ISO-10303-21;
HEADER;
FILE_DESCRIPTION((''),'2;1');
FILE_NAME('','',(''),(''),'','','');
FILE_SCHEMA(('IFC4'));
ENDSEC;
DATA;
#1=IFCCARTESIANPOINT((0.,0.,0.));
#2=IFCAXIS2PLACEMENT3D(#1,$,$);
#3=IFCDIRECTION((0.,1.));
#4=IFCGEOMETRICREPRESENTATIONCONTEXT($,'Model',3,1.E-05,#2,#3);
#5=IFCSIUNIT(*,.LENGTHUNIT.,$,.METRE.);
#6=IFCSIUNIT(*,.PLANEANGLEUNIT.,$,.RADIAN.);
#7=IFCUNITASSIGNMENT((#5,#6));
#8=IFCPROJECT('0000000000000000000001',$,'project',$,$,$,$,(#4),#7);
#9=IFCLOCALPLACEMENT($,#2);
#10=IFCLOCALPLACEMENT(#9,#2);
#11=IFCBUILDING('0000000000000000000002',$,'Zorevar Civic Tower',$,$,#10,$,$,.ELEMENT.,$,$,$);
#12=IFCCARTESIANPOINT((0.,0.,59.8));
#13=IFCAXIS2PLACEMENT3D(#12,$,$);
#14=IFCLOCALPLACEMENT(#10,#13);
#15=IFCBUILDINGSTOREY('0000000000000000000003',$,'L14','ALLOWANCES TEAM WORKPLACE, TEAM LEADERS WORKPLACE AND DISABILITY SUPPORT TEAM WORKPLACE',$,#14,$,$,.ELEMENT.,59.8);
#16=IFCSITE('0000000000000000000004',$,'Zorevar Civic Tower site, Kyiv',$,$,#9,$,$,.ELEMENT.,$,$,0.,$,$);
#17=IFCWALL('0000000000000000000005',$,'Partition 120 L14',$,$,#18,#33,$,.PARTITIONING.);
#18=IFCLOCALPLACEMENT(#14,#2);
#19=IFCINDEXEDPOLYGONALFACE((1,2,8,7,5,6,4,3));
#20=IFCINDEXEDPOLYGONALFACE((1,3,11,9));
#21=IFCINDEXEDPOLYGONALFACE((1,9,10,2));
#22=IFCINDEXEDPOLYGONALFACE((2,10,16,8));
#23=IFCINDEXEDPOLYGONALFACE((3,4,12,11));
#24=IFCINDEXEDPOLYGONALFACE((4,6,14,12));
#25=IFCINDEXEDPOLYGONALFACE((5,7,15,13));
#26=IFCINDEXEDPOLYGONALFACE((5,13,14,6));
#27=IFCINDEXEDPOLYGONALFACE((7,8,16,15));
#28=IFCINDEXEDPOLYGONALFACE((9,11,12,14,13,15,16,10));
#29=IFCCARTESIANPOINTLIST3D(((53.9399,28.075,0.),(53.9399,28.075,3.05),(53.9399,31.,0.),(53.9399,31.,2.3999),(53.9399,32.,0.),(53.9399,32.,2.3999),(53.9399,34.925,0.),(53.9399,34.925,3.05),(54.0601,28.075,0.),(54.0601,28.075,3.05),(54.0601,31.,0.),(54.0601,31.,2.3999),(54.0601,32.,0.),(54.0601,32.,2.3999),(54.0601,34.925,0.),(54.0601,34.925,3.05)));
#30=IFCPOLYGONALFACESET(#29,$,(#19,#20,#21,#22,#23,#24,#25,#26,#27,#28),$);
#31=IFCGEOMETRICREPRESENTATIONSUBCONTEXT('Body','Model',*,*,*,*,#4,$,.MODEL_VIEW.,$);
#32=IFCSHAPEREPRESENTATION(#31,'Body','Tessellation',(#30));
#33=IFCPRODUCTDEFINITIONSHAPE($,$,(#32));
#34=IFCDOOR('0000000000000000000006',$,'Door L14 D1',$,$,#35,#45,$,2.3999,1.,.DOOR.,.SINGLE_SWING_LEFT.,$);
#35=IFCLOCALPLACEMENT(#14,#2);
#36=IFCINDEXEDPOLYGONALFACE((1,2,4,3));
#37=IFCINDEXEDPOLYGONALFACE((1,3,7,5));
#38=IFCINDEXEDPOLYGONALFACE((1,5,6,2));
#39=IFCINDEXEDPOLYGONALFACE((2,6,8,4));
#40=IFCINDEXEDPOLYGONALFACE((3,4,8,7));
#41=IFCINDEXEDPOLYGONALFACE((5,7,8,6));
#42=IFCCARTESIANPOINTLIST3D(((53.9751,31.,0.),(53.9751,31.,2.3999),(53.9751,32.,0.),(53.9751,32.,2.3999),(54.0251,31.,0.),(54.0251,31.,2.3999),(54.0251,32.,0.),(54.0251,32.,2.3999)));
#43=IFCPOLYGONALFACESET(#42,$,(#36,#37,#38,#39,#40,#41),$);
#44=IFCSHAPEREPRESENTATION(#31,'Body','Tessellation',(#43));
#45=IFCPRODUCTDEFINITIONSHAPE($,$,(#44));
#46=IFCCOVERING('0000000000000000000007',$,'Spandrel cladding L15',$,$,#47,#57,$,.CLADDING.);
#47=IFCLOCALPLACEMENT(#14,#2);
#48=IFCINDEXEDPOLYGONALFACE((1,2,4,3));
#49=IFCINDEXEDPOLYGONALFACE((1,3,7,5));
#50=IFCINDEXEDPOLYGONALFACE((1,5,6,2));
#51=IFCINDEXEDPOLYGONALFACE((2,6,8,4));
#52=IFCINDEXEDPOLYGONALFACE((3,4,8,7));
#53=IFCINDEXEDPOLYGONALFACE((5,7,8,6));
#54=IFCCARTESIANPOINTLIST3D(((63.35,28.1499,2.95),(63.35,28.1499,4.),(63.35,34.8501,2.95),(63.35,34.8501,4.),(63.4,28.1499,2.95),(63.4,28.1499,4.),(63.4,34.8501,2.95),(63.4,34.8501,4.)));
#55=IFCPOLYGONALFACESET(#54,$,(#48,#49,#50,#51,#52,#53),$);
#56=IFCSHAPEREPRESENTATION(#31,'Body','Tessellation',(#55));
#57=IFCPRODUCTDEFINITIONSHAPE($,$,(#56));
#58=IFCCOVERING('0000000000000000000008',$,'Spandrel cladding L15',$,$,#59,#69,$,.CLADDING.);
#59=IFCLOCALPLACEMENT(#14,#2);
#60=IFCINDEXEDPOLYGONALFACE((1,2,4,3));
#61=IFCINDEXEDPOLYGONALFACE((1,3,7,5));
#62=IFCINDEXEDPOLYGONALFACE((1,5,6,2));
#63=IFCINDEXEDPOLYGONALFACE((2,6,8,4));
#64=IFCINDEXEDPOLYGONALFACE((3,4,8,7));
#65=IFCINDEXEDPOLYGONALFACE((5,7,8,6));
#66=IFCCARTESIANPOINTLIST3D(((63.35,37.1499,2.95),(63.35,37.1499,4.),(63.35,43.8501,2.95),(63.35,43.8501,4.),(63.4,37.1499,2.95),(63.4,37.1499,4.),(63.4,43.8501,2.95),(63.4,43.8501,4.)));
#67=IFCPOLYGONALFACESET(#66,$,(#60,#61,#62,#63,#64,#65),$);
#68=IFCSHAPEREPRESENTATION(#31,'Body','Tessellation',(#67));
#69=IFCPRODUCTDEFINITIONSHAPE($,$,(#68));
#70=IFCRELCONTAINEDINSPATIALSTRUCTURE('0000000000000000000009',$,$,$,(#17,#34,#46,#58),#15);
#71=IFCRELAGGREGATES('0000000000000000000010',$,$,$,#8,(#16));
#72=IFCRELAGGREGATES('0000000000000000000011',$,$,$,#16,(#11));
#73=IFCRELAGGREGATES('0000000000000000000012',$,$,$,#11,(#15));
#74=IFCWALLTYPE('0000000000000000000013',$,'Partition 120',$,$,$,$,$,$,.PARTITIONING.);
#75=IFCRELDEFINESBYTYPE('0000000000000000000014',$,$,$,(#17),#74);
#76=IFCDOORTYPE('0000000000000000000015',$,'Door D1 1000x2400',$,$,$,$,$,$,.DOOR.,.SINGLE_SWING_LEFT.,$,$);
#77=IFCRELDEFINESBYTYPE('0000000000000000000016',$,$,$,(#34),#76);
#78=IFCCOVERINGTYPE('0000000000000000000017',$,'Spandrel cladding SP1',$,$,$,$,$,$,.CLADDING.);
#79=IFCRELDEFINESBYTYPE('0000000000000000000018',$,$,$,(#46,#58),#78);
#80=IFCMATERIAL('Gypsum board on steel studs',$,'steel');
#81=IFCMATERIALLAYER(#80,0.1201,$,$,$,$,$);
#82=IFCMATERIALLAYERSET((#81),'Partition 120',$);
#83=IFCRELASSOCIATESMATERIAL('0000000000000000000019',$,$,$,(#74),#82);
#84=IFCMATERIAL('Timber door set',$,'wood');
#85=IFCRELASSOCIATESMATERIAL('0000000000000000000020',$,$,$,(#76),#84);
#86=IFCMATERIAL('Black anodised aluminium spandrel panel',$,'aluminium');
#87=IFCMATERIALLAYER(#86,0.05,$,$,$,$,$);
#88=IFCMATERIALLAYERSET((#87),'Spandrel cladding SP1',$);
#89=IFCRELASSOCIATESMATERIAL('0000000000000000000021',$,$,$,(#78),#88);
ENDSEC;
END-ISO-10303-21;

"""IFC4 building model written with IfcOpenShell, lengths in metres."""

from ifc_helpers import new_model, si_unit, direction, frame, frame_2d, origin, place, context, subcontext, project, spatial, rectangle, extrude, material, layer, layer_set, type_object, element, fill, save


model = new_model("IFC4")

# Units and contexts
model_context = context("Model", 3, precision=1e-05, world=origin(), true_north=direction((0.0, 1.0)))
body_context = subcontext(model_context, "Body", "Model", "MODEL_VIEW")
ifc_project = project(units=[si_unit("LENGTHUNIT", "METRE"), si_unit("PLANEANGLEUNIT", "RADIAN")], contexts=[model_context])

# Site, building, storey
site_placement = place(None, origin())
site = spatial("IfcSite", under=ifc_project, at=site_placement, Name="Zorevar Civic Tower site, Kyiv", CompositionType="ELEMENT", RefElevation=0.0)
building_placement = place(site_placement, origin())
building = spatial("IfcBuilding", under=site, at=building_placement, Name="Zorevar Civic Tower", CompositionType="ELEMENT")
storey_placement = place(building_placement, frame((0.0, 0.0, 59.8)))
storey = spatial("IfcBuildingStorey", under=building, at=storey_placement, Name="L14", Description="ALLOWANCES TEAM WORKPLACE, TEAM LEADERS WORKPLACE AND DISABILITY SUPPORT TEAM WORKPLACE", CompositionType="ELEMENT", Elevation=59.8)

# Shared definitions
ifc_material_1 = material(Name="Gypsum board on steel studs", Category="steel")
ifc_layer_1 = layer(ifc_material_1, 0.1201)
ifc_layer_set_1 = layer_set([ifc_layer_1], Name="Partition 120")
wall_type_1 = type_object("IfcWallType", Name="Partition 120", PredefinedType="PARTITIONING", material=ifc_layer_set_1)

# Wall, opening, door
wall_1_placement = place(storey_placement, frame((54.0, 28.075, 0.0), z_axis=(0.0, 0.0, 1.0), x_axis=(0.0, 1.0, 0.0)))
wall_1 = element("IfcWall", 1, at=wall_1_placement, inside=storey, type_object=wall_type_1, Name="Partition 120 L14", PredefinedType="PARTITIONING", context=body_context, shape_type="SweptSolid", body=[
    extrude(rectangle(XDim=6.8501, YDim=0.1201, at=frame_2d((3.425, 0.0))), origin(), (0.0, 0.0, 1.0), 3.05),
])
opening_placement = place(wall_1_placement, frame((2.925, 0.0, 0.0)))
opening = element("IfcOpeningElement", 2, at=opening_placement, cuts=wall_1, PredefinedType="OPENING", context=body_context, shape_type="SweptSolid", body=[
    extrude(rectangle(XDim=1.0, YDim=2.3999, at=frame_2d((0.5, 1.2))), frame((0.0, 0.0701, 0.0), z_axis=(0.0, -1.0, 0.0), x_axis=(1.0, 0.0, 0.0)), (0.0, 0.0, 1.0), 0.1401),
])
ifc_material_2 = material(Name="Timber door set", Category="wood")
door_type = type_object("IfcDoorType", Name="Door D1 1000x2400", OperationType="SINGLE_SWING_LEFT", PredefinedType="DOOR", material=ifc_material_2)
door_placement = place(opening_placement, origin())
door = element("IfcDoor", 3, at=door_placement, inside=storey, type_object=door_type, Name="Door L14 D1", OperationType="SINGLE_SWING_LEFT", OverallHeight=2.3999, OverallWidth=1.0, PredefinedType="DOOR", context=body_context, shape_type="SweptSolid", body=[
    extrude(rectangle(XDim=1.0, YDim=2.3999, at=frame_2d((0.5, 1.2))), frame((0.0, 0.0249, 0.0), z_axis=(0.0, -1.0, 0.0), x_axis=(1.0, 0.0, 0.0)), (0.0, 0.0, 1.0), 0.05),
])
fill(opening, door)

# Coverings
ifc_material_3 = material(Name="Black anodised aluminium spandrel panel", Category="aluminium")
ifc_layer_2 = layer(ifc_material_3, 0.05)
ifc_layer_set_2 = layer_set([ifc_layer_2], Name="Spandrel cladding SP1")
covering_type = type_object("IfcCoveringType", Name="Spandrel cladding SP1", PredefinedType="CLADDING", material=ifc_layer_set_2)
for number, where, z_axis, x_axis, name in (
    (4, (63.375, 28.1499, 2.95), (0.0, 0.0, 1.0), (0.0, 1.0, 0.0), "Spandrel cladding L15"),
    (5, (63.375, 37.1499, 2.95), (0.0, 0.0, 1.0), (0.0, 1.0, 0.0), "Spandrel cladding L15"),
):
    element("IfcCovering", number, at=place(storey_placement, frame(where, z_axis=z_axis, x_axis=x_axis)), inside=storey, type_object=covering_type, Name=name, PredefinedType="CLADDING", context=body_context, shape_type="SweptSolid", body=[
        extrude(rectangle(XDim=6.7002, YDim=0.05, at=frame_2d((3.3501, 0.0))), origin(), (0.0, 0.0, 1.0), 1.05),
    ])

save(model, "model.ifc")
